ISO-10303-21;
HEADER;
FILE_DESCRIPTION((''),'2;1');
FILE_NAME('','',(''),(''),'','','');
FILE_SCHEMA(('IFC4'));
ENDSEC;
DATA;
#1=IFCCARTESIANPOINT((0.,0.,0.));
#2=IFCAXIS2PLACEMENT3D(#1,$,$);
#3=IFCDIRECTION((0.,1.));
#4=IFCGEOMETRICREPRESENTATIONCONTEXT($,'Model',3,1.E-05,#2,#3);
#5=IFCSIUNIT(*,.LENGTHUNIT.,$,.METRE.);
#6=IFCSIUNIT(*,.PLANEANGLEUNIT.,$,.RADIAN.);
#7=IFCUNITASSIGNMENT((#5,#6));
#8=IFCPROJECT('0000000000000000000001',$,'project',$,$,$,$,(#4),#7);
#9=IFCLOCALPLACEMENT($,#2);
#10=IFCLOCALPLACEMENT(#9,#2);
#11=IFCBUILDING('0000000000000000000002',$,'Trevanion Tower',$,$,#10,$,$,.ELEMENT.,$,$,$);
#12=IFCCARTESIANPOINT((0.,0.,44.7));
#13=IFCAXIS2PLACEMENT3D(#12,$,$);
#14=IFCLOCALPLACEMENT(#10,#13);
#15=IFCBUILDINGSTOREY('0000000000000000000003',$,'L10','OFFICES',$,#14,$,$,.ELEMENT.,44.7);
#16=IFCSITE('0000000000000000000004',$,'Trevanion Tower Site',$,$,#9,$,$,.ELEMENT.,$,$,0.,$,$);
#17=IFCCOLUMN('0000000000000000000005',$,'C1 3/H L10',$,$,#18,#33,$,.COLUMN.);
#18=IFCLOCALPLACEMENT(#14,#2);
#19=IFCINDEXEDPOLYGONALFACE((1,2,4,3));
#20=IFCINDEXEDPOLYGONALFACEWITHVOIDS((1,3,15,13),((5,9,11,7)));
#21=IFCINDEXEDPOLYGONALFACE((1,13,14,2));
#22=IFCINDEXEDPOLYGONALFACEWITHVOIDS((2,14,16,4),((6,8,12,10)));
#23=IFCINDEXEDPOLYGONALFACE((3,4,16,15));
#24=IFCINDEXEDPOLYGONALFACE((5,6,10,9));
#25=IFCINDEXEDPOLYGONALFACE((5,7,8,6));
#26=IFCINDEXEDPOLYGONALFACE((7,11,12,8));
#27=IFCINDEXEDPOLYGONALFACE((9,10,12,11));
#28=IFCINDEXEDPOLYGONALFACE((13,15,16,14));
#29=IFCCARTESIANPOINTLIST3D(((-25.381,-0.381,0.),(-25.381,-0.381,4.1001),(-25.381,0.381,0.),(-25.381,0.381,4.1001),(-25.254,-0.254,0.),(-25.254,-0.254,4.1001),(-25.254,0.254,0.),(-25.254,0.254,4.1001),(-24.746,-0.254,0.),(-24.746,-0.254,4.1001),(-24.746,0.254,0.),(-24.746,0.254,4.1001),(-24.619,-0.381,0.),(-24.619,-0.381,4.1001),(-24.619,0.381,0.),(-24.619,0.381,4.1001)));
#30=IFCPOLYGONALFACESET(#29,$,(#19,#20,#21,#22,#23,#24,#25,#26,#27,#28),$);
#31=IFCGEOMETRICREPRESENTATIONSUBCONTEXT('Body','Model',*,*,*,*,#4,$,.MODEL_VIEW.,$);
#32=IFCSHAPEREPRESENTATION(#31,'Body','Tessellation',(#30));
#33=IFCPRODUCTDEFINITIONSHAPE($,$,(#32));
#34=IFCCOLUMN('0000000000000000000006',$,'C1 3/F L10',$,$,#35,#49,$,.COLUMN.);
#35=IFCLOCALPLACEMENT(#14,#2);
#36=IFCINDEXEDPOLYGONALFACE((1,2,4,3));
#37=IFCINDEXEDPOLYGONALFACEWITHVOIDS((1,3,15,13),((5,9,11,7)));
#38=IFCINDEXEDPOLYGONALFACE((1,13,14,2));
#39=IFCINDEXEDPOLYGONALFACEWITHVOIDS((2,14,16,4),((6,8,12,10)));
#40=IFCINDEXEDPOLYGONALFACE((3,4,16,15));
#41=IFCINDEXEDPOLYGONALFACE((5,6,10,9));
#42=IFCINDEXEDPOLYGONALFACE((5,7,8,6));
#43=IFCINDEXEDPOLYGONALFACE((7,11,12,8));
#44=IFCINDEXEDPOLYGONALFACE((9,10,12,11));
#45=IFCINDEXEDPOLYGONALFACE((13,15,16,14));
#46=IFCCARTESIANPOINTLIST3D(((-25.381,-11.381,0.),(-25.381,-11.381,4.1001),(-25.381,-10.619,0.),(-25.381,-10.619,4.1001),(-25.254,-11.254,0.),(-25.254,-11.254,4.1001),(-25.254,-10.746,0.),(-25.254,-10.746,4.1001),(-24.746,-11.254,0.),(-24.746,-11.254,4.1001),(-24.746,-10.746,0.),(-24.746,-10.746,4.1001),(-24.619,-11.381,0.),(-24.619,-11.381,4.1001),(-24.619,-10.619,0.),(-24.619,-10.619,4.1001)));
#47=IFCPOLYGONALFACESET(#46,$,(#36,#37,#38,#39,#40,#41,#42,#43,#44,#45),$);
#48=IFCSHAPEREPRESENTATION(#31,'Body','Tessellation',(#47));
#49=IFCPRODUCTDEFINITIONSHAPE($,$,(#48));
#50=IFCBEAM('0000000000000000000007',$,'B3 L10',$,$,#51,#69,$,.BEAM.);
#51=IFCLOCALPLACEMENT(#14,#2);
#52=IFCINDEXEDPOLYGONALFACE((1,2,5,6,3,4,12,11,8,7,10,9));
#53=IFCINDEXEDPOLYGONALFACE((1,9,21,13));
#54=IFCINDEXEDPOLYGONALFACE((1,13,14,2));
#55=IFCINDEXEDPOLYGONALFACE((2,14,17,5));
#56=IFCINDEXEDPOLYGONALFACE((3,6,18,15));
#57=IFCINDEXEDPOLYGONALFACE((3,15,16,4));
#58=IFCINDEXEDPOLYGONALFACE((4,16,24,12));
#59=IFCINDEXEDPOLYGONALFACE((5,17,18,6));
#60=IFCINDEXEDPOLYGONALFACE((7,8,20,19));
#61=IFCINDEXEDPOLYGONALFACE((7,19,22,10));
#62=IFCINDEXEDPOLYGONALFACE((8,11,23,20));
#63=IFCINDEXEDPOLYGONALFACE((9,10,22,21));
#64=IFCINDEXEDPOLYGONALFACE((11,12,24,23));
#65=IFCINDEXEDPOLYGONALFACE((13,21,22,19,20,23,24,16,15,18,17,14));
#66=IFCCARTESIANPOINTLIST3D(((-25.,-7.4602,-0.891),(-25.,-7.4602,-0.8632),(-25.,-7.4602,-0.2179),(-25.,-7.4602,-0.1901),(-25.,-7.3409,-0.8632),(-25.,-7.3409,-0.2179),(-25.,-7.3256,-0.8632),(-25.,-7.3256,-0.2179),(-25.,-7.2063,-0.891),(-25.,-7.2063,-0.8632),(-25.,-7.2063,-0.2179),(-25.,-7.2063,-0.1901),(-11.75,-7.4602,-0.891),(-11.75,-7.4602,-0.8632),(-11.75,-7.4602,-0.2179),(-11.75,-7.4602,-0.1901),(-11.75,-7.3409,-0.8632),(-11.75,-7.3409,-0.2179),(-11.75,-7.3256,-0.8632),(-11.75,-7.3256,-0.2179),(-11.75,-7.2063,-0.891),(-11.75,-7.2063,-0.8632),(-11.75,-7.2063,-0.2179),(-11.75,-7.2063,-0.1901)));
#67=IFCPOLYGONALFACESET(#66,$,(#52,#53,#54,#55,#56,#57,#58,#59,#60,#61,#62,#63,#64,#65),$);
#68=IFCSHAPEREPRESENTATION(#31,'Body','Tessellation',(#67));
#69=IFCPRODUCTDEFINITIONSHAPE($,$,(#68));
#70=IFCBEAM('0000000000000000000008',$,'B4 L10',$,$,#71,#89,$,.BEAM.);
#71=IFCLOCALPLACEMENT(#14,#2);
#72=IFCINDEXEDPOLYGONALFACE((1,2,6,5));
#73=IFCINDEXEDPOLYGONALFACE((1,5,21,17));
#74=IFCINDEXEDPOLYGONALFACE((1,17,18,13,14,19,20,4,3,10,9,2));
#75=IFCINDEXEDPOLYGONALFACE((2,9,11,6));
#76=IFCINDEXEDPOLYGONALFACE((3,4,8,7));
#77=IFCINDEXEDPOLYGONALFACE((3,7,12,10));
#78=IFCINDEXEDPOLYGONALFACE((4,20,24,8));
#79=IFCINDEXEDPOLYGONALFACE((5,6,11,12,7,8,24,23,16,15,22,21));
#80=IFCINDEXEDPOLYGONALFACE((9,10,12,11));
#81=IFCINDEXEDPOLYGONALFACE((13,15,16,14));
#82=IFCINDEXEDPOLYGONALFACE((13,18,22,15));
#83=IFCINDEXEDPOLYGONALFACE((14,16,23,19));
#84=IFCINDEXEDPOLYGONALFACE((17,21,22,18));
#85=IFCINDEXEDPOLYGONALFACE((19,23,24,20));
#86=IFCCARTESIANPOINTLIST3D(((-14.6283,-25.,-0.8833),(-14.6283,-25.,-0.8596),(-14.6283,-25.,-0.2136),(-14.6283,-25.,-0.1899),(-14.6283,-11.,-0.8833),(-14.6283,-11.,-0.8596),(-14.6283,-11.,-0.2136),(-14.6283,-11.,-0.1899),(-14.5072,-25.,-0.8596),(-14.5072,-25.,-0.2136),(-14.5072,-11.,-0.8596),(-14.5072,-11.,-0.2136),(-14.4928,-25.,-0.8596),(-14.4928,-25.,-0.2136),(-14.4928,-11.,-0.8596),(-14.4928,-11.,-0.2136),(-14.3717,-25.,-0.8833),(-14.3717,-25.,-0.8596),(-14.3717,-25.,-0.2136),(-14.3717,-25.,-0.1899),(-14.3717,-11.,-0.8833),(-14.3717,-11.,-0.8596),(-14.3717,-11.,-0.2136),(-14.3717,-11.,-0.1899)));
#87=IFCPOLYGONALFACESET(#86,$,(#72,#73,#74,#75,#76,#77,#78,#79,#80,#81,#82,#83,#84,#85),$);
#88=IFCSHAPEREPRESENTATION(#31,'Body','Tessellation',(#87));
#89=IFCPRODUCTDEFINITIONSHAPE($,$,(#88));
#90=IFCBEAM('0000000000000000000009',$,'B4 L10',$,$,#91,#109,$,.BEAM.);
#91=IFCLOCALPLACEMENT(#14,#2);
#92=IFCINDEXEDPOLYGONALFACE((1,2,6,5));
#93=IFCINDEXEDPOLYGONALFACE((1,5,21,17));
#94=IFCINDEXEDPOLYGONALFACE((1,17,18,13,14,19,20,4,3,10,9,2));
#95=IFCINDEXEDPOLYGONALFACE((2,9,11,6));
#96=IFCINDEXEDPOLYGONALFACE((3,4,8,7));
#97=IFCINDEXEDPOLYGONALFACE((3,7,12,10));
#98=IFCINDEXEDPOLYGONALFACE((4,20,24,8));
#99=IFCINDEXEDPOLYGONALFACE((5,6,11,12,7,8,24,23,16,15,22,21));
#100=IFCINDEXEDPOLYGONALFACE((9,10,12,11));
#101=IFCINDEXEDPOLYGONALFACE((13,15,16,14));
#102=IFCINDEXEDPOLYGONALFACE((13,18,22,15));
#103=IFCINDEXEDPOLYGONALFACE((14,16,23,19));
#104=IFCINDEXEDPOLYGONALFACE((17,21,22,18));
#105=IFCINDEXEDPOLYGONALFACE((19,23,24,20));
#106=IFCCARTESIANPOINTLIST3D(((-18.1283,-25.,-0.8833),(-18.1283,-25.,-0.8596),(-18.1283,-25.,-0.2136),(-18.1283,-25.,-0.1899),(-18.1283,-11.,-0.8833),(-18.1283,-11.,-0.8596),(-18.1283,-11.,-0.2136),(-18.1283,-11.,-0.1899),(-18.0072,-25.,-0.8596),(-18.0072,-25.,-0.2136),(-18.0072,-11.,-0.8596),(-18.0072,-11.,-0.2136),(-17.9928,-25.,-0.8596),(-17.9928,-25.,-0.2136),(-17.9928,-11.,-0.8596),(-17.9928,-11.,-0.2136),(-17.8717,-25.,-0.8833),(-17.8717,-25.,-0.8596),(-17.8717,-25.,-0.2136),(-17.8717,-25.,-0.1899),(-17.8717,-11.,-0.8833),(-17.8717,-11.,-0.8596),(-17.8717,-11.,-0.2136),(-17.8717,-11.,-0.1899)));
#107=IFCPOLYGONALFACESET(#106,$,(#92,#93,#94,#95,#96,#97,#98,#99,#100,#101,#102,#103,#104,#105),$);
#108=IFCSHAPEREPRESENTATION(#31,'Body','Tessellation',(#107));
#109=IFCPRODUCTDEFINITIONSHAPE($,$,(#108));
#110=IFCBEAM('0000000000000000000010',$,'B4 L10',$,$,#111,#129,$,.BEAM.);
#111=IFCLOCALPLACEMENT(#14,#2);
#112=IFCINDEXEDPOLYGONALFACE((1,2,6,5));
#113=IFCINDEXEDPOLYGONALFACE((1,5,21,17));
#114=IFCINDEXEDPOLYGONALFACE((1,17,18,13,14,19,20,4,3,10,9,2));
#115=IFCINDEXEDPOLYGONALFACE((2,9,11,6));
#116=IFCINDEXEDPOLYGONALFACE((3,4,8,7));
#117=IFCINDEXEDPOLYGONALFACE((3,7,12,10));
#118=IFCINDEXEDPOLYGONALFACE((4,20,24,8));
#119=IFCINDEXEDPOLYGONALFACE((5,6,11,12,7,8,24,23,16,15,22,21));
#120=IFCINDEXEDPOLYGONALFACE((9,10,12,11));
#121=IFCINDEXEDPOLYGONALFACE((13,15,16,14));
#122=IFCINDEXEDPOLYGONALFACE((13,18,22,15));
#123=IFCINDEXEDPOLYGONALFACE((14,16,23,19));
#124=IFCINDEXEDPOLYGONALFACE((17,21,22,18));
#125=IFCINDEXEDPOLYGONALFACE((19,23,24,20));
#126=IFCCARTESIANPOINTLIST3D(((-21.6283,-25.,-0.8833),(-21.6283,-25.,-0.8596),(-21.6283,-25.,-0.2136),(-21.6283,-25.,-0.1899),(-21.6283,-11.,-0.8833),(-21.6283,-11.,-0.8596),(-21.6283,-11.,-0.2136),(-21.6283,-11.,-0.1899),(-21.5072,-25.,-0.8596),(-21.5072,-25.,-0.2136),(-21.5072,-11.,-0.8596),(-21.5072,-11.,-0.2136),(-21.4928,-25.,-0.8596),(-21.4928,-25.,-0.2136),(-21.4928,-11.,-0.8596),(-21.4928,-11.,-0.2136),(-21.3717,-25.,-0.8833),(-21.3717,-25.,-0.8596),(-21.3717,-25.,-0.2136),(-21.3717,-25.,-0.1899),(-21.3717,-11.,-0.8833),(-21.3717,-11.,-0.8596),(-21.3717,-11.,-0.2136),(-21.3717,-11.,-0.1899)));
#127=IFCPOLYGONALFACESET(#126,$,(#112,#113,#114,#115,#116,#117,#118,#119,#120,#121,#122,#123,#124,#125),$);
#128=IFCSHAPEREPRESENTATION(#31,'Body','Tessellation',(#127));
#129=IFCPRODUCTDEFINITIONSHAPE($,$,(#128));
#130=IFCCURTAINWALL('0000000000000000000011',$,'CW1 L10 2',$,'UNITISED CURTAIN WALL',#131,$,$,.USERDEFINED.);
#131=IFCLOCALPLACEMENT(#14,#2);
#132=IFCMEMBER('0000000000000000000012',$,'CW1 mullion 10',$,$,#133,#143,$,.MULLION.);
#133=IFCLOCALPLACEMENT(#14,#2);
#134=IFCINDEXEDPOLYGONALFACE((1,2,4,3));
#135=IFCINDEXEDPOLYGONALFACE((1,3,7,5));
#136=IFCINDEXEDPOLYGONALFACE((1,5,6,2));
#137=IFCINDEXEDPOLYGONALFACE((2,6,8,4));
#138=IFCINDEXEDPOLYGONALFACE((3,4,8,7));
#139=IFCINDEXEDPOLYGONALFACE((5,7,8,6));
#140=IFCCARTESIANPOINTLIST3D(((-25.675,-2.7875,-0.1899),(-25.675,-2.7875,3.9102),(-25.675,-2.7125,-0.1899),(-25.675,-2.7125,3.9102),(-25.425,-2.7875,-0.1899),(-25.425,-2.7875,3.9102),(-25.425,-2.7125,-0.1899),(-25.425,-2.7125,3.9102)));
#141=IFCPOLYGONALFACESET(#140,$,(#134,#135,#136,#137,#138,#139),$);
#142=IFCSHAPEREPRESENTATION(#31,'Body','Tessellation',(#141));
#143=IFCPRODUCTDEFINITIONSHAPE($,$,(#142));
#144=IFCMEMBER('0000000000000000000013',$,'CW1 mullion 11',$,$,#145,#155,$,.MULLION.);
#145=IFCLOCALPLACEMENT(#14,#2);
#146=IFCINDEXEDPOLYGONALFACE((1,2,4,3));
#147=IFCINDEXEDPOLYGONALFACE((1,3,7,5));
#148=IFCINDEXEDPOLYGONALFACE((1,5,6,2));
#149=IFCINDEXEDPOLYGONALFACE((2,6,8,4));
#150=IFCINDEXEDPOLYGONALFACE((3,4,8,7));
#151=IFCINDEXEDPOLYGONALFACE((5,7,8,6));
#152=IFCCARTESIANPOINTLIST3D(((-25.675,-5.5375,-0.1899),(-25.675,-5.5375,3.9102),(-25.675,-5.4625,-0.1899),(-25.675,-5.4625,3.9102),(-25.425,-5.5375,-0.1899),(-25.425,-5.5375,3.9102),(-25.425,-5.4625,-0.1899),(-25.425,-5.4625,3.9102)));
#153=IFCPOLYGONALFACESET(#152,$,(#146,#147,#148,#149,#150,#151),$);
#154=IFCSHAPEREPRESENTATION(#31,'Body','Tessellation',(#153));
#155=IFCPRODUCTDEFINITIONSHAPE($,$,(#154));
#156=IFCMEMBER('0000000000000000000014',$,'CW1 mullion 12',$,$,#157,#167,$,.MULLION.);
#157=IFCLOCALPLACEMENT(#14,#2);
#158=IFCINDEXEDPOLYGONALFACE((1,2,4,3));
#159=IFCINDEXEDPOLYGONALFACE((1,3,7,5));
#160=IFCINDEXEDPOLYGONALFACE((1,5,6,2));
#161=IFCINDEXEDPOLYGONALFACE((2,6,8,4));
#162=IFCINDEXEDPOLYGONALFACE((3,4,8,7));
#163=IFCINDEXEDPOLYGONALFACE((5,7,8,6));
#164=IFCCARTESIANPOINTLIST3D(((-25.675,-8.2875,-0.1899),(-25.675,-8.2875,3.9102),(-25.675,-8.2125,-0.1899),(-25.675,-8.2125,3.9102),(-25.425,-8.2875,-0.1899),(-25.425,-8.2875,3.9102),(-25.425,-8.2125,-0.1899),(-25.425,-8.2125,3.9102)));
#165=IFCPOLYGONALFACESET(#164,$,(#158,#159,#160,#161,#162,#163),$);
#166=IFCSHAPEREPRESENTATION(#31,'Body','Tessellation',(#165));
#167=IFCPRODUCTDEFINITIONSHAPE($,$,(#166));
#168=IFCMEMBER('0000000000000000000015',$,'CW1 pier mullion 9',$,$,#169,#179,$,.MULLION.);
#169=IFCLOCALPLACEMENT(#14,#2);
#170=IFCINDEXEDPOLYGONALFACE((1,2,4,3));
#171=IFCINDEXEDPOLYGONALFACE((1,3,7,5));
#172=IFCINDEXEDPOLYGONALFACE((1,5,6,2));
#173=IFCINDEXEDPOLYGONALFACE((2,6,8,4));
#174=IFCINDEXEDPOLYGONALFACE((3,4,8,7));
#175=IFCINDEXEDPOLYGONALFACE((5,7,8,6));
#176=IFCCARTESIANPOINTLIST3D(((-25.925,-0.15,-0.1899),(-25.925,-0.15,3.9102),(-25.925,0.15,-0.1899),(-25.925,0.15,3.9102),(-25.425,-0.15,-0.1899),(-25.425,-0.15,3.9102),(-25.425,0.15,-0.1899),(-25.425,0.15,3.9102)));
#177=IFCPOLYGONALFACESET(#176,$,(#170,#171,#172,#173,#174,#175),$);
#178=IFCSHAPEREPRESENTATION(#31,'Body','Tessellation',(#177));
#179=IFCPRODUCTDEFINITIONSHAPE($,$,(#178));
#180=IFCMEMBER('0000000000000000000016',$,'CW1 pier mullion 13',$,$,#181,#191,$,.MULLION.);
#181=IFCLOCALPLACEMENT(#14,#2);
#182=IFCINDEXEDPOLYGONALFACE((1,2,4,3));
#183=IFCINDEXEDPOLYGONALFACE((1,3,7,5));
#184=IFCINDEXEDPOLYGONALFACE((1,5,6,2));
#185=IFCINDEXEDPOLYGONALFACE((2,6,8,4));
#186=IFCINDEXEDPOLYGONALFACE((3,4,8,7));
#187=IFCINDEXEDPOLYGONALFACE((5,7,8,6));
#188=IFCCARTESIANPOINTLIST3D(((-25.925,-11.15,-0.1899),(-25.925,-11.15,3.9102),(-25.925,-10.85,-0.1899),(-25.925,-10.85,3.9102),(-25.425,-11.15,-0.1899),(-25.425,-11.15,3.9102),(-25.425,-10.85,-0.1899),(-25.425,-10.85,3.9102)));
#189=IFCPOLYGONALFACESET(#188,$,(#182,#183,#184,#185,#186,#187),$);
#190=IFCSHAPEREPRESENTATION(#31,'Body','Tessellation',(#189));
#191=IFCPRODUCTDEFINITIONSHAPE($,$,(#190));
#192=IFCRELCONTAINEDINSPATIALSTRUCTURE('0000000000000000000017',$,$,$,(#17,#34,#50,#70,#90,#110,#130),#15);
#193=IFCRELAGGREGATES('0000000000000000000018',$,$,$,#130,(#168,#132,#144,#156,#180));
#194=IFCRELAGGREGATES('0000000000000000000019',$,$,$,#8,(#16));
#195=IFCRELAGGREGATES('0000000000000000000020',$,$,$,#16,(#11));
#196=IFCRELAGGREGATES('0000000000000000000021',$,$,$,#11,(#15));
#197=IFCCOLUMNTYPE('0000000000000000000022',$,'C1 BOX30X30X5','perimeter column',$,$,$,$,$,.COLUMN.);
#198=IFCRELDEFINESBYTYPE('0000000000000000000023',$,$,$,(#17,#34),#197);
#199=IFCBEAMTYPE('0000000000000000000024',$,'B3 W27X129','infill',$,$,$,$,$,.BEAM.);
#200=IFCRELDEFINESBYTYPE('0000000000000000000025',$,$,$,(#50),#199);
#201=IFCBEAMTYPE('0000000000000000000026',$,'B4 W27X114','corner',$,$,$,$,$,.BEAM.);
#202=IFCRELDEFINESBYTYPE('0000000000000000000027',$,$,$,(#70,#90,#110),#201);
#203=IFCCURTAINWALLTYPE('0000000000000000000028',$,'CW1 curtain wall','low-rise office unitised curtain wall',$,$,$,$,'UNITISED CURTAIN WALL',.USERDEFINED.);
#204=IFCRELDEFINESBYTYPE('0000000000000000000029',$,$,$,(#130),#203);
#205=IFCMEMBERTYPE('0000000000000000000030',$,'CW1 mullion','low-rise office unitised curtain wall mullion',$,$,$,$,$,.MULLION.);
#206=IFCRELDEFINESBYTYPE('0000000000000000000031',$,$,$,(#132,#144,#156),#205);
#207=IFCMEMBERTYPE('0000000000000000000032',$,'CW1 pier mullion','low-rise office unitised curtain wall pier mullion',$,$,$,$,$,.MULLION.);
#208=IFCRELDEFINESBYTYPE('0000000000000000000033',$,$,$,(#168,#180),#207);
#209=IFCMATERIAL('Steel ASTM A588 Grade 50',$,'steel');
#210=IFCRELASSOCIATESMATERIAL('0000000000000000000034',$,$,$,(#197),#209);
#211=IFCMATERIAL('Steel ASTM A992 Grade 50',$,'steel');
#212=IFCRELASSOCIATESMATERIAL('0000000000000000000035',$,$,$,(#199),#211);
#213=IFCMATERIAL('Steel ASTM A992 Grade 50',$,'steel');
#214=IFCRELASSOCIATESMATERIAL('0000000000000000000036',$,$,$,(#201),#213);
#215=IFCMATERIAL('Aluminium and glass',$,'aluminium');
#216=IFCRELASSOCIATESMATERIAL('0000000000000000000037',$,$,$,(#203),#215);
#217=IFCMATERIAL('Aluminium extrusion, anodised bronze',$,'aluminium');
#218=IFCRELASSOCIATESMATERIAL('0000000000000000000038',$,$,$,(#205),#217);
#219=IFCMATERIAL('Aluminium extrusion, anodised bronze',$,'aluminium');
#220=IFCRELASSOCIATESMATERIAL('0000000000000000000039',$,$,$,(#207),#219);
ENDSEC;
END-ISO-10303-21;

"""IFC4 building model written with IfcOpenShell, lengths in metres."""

from ifc_helpers import new_model, si_unit, direction, frame, origin, origin_2d, place, context, subcontext, project, spatial, rectangle, hollow_rectangle, i_section, extrude, material, material_profile, profile_set, type_object, element, aggregate, save


model = new_model("IFC4")

# Units and contexts
model_context = context("Model", 3, precision=1e-05, world=origin(), true_north=direction((0.0, 1.0)))
body_context = subcontext(model_context, "Body", "Model", "MODEL_VIEW")
ifc_project = project(units=[si_unit("LENGTHUNIT", "METRE"), si_unit("PLANEANGLEUNIT", "RADIAN")], contexts=[model_context])

# Site, building, storey
site_placement = place(None, origin())
site = spatial("IfcSite", under=ifc_project, at=site_placement, Name="Trevanion Tower Site", CompositionType="ELEMENT", RefElevation=0.0)
building_placement = place(site_placement, origin())
building = spatial("IfcBuilding", under=site, at=building_placement, Name="Trevanion Tower", CompositionType="ELEMENT")
storey_placement = place(building_placement, frame((0.0, 0.0, 44.7)))
storey = spatial("IfcBuildingStorey", under=building, at=storey_placement, Name="L10", Description="OFFICES", CompositionType="ELEMENT", Elevation=44.7)

# Columns
ifc_material_1 = material(Name="Steel ASTM A588 Grade 50", Category="steel")
ifc_material_profile_1 = material_profile(ifc_material_1, hollow_rectangle(XDim=0.762, YDim=0.762, WallThickness=0.127, at=origin_2d()), Name="BOX30X30X5")
ifc_profile_set_1 = profile_set([ifc_material_profile_1], Name="Steel ASTM A588 Grade 50")
column_type = type_object("IfcColumnType", Name="C1 BOX30X30X5", Description="perimeter column", PredefinedType="COLUMN", material=ifc_profile_set_1)
for number, where, z_axis, x_axis, name in (
    (1, (-25.0, 0.0, 0.0), (0.0, 0.0, 1.0), (0.0, 1.0, 0.0), "C1 3/H L10"),
    (2, (-25.0, -11.0, 0.0), (0.0, 0.0, 1.0), (0.0, 1.0, 0.0), "C1 3/F L10"),
):
    element("IfcColumn", number, at=place(storey_placement, frame(where, z_axis=z_axis, x_axis=x_axis)), inside=storey, type_object=column_type, Name=name, PredefinedType="COLUMN", context=body_context, shape_type="SweptSolid", body=[
        extrude(hollow_rectangle(XDim=0.762, YDim=0.762, WallThickness=0.127, at=origin_2d()), origin(), (0.0, 0.0, 1.0), 4.1001),
    ])

# Beams
ifc_material_2 = material(Name="Steel ASTM A992 Grade 50", Category="steel")
ifc_material_profile_2 = material_profile(ifc_material_2, i_section(OverallWidth=0.2539, OverallDepth=0.7009, WebThickness=0.0154, FlangeThickness=0.0278, at=origin_2d()), Name="W27X129")
ifc_profile_set_2 = profile_set([ifc_material_profile_2], Name="Steel ASTM A992 Grade 50")
beam_type_1 = type_object("IfcBeamType", Name="B3 W27X129", Description="infill", PredefinedType="BEAM", material=ifc_profile_set_2)
beam_1_placement = place(storey_placement, frame((-11.75, -7.3333, -0.5405), z_axis=(-1.0, 0.0, 0.0), x_axis=(0.0, -1.0, 0.0)))
element("IfcBeam", 3, at=beam_1_placement, inside=storey, type_object=beam_type_1, Name="B3 L10", PredefinedType="BEAM", context=body_context, shape_type="SweptSolid", body=[
    extrude(i_section(OverallWidth=0.2539, OverallDepth=0.7009, WebThickness=0.0154, FlangeThickness=0.0278, at=origin_2d()), origin(), (0.0, 0.0, 1.0), 13.25),
])
ifc_material_3 = material(Name="Steel ASTM A992 Grade 50", Category="steel")
ifc_material_profile_3 = material_profile(ifc_material_3, i_section(OverallWidth=0.2566, OverallDepth=0.6934, WebThickness=0.0144, FlangeThickness=0.0237, at=origin_2d()), Name="W27X114")
ifc_profile_set_3 = profile_set([ifc_material_profile_3], Name="Steel ASTM A992 Grade 50")
beam_type_2 = type_object("IfcBeamType", Name="B4 W27X114", Description="corner", PredefinedType="BEAM", material=ifc_profile_set_3)
for number, where, z_axis, x_axis, name in (
    (4, (-14.5, -11.0, -0.5366), (0.0, -1.0, 0.0), (1.0, 0.0, 0.0), "B4 L10"),
    (5, (-18.0, -11.0, -0.5366), (0.0, -1.0, 0.0), (1.0, 0.0, 0.0), "B4 L10"),
    (6, (-21.5, -11.0, -0.5366), (0.0, -1.0, 0.0), (1.0, 0.0, 0.0), "B4 L10"),
):
    element("IfcBeam", number, at=place(storey_placement, frame(where, z_axis=z_axis, x_axis=x_axis)), inside=storey, type_object=beam_type_2, Name=name, PredefinedType="BEAM", context=body_context, shape_type="SweptSolid", body=[
        extrude(i_section(OverallWidth=0.2566, OverallDepth=0.6934, WebThickness=0.0144, FlangeThickness=0.0237, at=origin_2d()), origin(), (0.0, 0.0, 1.0), 14.0),
    ])

# Curtain wall, members
ifc_material_4 = material(Name="Aluminium and glass", Category="aluminium")
curtain_wall_type = type_object("IfcCurtainWallType", Name="CW1 curtain wall", Description="low-rise office unitised curtain wall", ElementType="UNITISED CURTAIN WALL", PredefinedType="USERDEFINED", material=ifc_material_4)
curtain_wall_placement = place(storey_placement, origin())
curtain_wall = element("IfcCurtainWall", 7, at=curtain_wall_placement, inside=storey, type_object=curtain_wall_type, Name="CW1 L10 2", ObjectType="UNITISED CURTAIN WALL", PredefinedType="USERDEFINED")
ifc_material_5 = material(Name="Aluminium extrusion, anodised bronze", Category="aluminium")
ifc_material_profile_4 = material_profile(ifc_material_5, rectangle(XDim=0.075, YDim=0.25, at=origin_2d()), Name="CW1 mullion")
ifc_profile_set_4 = profile_set([ifc_material_profile_4], Name="Aluminium extrusion, anodised bronze")
member_type_1 = type_object("IfcMemberType", Name="CW1 mullion", Description="low-rise office unitised curtain wall mullion", PredefinedType="MULLION", material=ifc_profile_set_4)
member_1_placement = place(storey_placement, frame((-25.55, -2.75, -0.1899), z_axis=(0.0, 0.0, 1.0), x_axis=(0.0, -1.0, 0.0)))
member_1 = element("IfcMember", 8, at=member_1_placement, type_object=member_type_1, Name="CW1 mullion 10", PredefinedType="MULLION", context=body_context, shape_type="SweptSolid", body=[
    extrude(rectangle(XDim=0.075, YDim=0.25, at=origin_2d()), origin(), (0.0, 0.0, 1.0), 4.1001),
])
member_2_placement = place(storey_placement, frame((-25.55, -5.5, -0.1899), z_axis=(0.0, 0.0, 1.0), x_axis=(0.0, -1.0, 0.0)))
member_2 = element("IfcMember", 9, at=member_2_placement, type_object=member_type_1, Name="CW1 mullion 11", PredefinedType="MULLION", context=body_context, shape_type="SweptSolid", body=[
    extrude(rectangle(XDim=0.075, YDim=0.25, at=origin_2d()), origin(), (0.0, 0.0, 1.0), 4.1001),
])
member_3_placement = place(storey_placement, frame((-25.55, -8.25, -0.1899), z_axis=(0.0, 0.0, 1.0), x_axis=(0.0, -1.0, 0.0)))
member_3 = element("IfcMember", 10, at=member_3_placement, type_object=member_type_1, Name="CW1 mullion 12", PredefinedType="MULLION", context=body_context, shape_type="SweptSolid", body=[
    extrude(rectangle(XDim=0.075, YDim=0.25, at=origin_2d()), origin(), (0.0, 0.0, 1.0), 4.1001),
])
ifc_material_6 = material(Name="Aluminium extrusion, anodised bronze", Category="aluminium")
ifc_material_profile_5 = material_profile(ifc_material_6, rectangle(XDim=0.3, YDim=0.5, at=origin_2d()), Name="CW1 pier mullion")
ifc_profile_set_5 = profile_set([ifc_material_profile_5], Name="Aluminium extrusion, anodised bronze")
member_type_2 = type_object("IfcMemberType", Name="CW1 pier mullion", Description="low-rise office unitised curtain wall pier mullion", PredefinedType="MULLION", material=ifc_profile_set_5)
member_4_placement = place(storey_placement, frame((-25.675, 0.0, -0.1899), z_axis=(0.0, 0.0, 1.0), x_axis=(0.0, -1.0, 0.0)))
member_4 = element("IfcMember", 11, at=member_4_placement, type_object=member_type_2, Name="CW1 pier mullion 9", PredefinedType="MULLION", context=body_context, shape_type="SweptSolid", body=[
    extrude(rectangle(XDim=0.3, YDim=0.5, at=origin_2d()), origin(), (0.0, 0.0, 1.0), 4.1001),
])
member_5_placement = place(storey_placement, frame((-25.675, -11.0, -0.1899), z_axis=(0.0, 0.0, 1.0), x_axis=(0.0, -1.0, 0.0)))
member_5 = element("IfcMember", 12, at=member_5_placement, type_object=member_type_2, Name="CW1 pier mullion 13", PredefinedType="MULLION", context=body_context, shape_type="SweptSolid", body=[
    extrude(rectangle(XDim=0.3, YDim=0.5, at=origin_2d()), origin(), (0.0, 0.0, 1.0), 4.1001),
])

aggregate(curtain_wall, [member_4, member_1, member_2, member_3, member_5])

save(model, "model.ifc")
